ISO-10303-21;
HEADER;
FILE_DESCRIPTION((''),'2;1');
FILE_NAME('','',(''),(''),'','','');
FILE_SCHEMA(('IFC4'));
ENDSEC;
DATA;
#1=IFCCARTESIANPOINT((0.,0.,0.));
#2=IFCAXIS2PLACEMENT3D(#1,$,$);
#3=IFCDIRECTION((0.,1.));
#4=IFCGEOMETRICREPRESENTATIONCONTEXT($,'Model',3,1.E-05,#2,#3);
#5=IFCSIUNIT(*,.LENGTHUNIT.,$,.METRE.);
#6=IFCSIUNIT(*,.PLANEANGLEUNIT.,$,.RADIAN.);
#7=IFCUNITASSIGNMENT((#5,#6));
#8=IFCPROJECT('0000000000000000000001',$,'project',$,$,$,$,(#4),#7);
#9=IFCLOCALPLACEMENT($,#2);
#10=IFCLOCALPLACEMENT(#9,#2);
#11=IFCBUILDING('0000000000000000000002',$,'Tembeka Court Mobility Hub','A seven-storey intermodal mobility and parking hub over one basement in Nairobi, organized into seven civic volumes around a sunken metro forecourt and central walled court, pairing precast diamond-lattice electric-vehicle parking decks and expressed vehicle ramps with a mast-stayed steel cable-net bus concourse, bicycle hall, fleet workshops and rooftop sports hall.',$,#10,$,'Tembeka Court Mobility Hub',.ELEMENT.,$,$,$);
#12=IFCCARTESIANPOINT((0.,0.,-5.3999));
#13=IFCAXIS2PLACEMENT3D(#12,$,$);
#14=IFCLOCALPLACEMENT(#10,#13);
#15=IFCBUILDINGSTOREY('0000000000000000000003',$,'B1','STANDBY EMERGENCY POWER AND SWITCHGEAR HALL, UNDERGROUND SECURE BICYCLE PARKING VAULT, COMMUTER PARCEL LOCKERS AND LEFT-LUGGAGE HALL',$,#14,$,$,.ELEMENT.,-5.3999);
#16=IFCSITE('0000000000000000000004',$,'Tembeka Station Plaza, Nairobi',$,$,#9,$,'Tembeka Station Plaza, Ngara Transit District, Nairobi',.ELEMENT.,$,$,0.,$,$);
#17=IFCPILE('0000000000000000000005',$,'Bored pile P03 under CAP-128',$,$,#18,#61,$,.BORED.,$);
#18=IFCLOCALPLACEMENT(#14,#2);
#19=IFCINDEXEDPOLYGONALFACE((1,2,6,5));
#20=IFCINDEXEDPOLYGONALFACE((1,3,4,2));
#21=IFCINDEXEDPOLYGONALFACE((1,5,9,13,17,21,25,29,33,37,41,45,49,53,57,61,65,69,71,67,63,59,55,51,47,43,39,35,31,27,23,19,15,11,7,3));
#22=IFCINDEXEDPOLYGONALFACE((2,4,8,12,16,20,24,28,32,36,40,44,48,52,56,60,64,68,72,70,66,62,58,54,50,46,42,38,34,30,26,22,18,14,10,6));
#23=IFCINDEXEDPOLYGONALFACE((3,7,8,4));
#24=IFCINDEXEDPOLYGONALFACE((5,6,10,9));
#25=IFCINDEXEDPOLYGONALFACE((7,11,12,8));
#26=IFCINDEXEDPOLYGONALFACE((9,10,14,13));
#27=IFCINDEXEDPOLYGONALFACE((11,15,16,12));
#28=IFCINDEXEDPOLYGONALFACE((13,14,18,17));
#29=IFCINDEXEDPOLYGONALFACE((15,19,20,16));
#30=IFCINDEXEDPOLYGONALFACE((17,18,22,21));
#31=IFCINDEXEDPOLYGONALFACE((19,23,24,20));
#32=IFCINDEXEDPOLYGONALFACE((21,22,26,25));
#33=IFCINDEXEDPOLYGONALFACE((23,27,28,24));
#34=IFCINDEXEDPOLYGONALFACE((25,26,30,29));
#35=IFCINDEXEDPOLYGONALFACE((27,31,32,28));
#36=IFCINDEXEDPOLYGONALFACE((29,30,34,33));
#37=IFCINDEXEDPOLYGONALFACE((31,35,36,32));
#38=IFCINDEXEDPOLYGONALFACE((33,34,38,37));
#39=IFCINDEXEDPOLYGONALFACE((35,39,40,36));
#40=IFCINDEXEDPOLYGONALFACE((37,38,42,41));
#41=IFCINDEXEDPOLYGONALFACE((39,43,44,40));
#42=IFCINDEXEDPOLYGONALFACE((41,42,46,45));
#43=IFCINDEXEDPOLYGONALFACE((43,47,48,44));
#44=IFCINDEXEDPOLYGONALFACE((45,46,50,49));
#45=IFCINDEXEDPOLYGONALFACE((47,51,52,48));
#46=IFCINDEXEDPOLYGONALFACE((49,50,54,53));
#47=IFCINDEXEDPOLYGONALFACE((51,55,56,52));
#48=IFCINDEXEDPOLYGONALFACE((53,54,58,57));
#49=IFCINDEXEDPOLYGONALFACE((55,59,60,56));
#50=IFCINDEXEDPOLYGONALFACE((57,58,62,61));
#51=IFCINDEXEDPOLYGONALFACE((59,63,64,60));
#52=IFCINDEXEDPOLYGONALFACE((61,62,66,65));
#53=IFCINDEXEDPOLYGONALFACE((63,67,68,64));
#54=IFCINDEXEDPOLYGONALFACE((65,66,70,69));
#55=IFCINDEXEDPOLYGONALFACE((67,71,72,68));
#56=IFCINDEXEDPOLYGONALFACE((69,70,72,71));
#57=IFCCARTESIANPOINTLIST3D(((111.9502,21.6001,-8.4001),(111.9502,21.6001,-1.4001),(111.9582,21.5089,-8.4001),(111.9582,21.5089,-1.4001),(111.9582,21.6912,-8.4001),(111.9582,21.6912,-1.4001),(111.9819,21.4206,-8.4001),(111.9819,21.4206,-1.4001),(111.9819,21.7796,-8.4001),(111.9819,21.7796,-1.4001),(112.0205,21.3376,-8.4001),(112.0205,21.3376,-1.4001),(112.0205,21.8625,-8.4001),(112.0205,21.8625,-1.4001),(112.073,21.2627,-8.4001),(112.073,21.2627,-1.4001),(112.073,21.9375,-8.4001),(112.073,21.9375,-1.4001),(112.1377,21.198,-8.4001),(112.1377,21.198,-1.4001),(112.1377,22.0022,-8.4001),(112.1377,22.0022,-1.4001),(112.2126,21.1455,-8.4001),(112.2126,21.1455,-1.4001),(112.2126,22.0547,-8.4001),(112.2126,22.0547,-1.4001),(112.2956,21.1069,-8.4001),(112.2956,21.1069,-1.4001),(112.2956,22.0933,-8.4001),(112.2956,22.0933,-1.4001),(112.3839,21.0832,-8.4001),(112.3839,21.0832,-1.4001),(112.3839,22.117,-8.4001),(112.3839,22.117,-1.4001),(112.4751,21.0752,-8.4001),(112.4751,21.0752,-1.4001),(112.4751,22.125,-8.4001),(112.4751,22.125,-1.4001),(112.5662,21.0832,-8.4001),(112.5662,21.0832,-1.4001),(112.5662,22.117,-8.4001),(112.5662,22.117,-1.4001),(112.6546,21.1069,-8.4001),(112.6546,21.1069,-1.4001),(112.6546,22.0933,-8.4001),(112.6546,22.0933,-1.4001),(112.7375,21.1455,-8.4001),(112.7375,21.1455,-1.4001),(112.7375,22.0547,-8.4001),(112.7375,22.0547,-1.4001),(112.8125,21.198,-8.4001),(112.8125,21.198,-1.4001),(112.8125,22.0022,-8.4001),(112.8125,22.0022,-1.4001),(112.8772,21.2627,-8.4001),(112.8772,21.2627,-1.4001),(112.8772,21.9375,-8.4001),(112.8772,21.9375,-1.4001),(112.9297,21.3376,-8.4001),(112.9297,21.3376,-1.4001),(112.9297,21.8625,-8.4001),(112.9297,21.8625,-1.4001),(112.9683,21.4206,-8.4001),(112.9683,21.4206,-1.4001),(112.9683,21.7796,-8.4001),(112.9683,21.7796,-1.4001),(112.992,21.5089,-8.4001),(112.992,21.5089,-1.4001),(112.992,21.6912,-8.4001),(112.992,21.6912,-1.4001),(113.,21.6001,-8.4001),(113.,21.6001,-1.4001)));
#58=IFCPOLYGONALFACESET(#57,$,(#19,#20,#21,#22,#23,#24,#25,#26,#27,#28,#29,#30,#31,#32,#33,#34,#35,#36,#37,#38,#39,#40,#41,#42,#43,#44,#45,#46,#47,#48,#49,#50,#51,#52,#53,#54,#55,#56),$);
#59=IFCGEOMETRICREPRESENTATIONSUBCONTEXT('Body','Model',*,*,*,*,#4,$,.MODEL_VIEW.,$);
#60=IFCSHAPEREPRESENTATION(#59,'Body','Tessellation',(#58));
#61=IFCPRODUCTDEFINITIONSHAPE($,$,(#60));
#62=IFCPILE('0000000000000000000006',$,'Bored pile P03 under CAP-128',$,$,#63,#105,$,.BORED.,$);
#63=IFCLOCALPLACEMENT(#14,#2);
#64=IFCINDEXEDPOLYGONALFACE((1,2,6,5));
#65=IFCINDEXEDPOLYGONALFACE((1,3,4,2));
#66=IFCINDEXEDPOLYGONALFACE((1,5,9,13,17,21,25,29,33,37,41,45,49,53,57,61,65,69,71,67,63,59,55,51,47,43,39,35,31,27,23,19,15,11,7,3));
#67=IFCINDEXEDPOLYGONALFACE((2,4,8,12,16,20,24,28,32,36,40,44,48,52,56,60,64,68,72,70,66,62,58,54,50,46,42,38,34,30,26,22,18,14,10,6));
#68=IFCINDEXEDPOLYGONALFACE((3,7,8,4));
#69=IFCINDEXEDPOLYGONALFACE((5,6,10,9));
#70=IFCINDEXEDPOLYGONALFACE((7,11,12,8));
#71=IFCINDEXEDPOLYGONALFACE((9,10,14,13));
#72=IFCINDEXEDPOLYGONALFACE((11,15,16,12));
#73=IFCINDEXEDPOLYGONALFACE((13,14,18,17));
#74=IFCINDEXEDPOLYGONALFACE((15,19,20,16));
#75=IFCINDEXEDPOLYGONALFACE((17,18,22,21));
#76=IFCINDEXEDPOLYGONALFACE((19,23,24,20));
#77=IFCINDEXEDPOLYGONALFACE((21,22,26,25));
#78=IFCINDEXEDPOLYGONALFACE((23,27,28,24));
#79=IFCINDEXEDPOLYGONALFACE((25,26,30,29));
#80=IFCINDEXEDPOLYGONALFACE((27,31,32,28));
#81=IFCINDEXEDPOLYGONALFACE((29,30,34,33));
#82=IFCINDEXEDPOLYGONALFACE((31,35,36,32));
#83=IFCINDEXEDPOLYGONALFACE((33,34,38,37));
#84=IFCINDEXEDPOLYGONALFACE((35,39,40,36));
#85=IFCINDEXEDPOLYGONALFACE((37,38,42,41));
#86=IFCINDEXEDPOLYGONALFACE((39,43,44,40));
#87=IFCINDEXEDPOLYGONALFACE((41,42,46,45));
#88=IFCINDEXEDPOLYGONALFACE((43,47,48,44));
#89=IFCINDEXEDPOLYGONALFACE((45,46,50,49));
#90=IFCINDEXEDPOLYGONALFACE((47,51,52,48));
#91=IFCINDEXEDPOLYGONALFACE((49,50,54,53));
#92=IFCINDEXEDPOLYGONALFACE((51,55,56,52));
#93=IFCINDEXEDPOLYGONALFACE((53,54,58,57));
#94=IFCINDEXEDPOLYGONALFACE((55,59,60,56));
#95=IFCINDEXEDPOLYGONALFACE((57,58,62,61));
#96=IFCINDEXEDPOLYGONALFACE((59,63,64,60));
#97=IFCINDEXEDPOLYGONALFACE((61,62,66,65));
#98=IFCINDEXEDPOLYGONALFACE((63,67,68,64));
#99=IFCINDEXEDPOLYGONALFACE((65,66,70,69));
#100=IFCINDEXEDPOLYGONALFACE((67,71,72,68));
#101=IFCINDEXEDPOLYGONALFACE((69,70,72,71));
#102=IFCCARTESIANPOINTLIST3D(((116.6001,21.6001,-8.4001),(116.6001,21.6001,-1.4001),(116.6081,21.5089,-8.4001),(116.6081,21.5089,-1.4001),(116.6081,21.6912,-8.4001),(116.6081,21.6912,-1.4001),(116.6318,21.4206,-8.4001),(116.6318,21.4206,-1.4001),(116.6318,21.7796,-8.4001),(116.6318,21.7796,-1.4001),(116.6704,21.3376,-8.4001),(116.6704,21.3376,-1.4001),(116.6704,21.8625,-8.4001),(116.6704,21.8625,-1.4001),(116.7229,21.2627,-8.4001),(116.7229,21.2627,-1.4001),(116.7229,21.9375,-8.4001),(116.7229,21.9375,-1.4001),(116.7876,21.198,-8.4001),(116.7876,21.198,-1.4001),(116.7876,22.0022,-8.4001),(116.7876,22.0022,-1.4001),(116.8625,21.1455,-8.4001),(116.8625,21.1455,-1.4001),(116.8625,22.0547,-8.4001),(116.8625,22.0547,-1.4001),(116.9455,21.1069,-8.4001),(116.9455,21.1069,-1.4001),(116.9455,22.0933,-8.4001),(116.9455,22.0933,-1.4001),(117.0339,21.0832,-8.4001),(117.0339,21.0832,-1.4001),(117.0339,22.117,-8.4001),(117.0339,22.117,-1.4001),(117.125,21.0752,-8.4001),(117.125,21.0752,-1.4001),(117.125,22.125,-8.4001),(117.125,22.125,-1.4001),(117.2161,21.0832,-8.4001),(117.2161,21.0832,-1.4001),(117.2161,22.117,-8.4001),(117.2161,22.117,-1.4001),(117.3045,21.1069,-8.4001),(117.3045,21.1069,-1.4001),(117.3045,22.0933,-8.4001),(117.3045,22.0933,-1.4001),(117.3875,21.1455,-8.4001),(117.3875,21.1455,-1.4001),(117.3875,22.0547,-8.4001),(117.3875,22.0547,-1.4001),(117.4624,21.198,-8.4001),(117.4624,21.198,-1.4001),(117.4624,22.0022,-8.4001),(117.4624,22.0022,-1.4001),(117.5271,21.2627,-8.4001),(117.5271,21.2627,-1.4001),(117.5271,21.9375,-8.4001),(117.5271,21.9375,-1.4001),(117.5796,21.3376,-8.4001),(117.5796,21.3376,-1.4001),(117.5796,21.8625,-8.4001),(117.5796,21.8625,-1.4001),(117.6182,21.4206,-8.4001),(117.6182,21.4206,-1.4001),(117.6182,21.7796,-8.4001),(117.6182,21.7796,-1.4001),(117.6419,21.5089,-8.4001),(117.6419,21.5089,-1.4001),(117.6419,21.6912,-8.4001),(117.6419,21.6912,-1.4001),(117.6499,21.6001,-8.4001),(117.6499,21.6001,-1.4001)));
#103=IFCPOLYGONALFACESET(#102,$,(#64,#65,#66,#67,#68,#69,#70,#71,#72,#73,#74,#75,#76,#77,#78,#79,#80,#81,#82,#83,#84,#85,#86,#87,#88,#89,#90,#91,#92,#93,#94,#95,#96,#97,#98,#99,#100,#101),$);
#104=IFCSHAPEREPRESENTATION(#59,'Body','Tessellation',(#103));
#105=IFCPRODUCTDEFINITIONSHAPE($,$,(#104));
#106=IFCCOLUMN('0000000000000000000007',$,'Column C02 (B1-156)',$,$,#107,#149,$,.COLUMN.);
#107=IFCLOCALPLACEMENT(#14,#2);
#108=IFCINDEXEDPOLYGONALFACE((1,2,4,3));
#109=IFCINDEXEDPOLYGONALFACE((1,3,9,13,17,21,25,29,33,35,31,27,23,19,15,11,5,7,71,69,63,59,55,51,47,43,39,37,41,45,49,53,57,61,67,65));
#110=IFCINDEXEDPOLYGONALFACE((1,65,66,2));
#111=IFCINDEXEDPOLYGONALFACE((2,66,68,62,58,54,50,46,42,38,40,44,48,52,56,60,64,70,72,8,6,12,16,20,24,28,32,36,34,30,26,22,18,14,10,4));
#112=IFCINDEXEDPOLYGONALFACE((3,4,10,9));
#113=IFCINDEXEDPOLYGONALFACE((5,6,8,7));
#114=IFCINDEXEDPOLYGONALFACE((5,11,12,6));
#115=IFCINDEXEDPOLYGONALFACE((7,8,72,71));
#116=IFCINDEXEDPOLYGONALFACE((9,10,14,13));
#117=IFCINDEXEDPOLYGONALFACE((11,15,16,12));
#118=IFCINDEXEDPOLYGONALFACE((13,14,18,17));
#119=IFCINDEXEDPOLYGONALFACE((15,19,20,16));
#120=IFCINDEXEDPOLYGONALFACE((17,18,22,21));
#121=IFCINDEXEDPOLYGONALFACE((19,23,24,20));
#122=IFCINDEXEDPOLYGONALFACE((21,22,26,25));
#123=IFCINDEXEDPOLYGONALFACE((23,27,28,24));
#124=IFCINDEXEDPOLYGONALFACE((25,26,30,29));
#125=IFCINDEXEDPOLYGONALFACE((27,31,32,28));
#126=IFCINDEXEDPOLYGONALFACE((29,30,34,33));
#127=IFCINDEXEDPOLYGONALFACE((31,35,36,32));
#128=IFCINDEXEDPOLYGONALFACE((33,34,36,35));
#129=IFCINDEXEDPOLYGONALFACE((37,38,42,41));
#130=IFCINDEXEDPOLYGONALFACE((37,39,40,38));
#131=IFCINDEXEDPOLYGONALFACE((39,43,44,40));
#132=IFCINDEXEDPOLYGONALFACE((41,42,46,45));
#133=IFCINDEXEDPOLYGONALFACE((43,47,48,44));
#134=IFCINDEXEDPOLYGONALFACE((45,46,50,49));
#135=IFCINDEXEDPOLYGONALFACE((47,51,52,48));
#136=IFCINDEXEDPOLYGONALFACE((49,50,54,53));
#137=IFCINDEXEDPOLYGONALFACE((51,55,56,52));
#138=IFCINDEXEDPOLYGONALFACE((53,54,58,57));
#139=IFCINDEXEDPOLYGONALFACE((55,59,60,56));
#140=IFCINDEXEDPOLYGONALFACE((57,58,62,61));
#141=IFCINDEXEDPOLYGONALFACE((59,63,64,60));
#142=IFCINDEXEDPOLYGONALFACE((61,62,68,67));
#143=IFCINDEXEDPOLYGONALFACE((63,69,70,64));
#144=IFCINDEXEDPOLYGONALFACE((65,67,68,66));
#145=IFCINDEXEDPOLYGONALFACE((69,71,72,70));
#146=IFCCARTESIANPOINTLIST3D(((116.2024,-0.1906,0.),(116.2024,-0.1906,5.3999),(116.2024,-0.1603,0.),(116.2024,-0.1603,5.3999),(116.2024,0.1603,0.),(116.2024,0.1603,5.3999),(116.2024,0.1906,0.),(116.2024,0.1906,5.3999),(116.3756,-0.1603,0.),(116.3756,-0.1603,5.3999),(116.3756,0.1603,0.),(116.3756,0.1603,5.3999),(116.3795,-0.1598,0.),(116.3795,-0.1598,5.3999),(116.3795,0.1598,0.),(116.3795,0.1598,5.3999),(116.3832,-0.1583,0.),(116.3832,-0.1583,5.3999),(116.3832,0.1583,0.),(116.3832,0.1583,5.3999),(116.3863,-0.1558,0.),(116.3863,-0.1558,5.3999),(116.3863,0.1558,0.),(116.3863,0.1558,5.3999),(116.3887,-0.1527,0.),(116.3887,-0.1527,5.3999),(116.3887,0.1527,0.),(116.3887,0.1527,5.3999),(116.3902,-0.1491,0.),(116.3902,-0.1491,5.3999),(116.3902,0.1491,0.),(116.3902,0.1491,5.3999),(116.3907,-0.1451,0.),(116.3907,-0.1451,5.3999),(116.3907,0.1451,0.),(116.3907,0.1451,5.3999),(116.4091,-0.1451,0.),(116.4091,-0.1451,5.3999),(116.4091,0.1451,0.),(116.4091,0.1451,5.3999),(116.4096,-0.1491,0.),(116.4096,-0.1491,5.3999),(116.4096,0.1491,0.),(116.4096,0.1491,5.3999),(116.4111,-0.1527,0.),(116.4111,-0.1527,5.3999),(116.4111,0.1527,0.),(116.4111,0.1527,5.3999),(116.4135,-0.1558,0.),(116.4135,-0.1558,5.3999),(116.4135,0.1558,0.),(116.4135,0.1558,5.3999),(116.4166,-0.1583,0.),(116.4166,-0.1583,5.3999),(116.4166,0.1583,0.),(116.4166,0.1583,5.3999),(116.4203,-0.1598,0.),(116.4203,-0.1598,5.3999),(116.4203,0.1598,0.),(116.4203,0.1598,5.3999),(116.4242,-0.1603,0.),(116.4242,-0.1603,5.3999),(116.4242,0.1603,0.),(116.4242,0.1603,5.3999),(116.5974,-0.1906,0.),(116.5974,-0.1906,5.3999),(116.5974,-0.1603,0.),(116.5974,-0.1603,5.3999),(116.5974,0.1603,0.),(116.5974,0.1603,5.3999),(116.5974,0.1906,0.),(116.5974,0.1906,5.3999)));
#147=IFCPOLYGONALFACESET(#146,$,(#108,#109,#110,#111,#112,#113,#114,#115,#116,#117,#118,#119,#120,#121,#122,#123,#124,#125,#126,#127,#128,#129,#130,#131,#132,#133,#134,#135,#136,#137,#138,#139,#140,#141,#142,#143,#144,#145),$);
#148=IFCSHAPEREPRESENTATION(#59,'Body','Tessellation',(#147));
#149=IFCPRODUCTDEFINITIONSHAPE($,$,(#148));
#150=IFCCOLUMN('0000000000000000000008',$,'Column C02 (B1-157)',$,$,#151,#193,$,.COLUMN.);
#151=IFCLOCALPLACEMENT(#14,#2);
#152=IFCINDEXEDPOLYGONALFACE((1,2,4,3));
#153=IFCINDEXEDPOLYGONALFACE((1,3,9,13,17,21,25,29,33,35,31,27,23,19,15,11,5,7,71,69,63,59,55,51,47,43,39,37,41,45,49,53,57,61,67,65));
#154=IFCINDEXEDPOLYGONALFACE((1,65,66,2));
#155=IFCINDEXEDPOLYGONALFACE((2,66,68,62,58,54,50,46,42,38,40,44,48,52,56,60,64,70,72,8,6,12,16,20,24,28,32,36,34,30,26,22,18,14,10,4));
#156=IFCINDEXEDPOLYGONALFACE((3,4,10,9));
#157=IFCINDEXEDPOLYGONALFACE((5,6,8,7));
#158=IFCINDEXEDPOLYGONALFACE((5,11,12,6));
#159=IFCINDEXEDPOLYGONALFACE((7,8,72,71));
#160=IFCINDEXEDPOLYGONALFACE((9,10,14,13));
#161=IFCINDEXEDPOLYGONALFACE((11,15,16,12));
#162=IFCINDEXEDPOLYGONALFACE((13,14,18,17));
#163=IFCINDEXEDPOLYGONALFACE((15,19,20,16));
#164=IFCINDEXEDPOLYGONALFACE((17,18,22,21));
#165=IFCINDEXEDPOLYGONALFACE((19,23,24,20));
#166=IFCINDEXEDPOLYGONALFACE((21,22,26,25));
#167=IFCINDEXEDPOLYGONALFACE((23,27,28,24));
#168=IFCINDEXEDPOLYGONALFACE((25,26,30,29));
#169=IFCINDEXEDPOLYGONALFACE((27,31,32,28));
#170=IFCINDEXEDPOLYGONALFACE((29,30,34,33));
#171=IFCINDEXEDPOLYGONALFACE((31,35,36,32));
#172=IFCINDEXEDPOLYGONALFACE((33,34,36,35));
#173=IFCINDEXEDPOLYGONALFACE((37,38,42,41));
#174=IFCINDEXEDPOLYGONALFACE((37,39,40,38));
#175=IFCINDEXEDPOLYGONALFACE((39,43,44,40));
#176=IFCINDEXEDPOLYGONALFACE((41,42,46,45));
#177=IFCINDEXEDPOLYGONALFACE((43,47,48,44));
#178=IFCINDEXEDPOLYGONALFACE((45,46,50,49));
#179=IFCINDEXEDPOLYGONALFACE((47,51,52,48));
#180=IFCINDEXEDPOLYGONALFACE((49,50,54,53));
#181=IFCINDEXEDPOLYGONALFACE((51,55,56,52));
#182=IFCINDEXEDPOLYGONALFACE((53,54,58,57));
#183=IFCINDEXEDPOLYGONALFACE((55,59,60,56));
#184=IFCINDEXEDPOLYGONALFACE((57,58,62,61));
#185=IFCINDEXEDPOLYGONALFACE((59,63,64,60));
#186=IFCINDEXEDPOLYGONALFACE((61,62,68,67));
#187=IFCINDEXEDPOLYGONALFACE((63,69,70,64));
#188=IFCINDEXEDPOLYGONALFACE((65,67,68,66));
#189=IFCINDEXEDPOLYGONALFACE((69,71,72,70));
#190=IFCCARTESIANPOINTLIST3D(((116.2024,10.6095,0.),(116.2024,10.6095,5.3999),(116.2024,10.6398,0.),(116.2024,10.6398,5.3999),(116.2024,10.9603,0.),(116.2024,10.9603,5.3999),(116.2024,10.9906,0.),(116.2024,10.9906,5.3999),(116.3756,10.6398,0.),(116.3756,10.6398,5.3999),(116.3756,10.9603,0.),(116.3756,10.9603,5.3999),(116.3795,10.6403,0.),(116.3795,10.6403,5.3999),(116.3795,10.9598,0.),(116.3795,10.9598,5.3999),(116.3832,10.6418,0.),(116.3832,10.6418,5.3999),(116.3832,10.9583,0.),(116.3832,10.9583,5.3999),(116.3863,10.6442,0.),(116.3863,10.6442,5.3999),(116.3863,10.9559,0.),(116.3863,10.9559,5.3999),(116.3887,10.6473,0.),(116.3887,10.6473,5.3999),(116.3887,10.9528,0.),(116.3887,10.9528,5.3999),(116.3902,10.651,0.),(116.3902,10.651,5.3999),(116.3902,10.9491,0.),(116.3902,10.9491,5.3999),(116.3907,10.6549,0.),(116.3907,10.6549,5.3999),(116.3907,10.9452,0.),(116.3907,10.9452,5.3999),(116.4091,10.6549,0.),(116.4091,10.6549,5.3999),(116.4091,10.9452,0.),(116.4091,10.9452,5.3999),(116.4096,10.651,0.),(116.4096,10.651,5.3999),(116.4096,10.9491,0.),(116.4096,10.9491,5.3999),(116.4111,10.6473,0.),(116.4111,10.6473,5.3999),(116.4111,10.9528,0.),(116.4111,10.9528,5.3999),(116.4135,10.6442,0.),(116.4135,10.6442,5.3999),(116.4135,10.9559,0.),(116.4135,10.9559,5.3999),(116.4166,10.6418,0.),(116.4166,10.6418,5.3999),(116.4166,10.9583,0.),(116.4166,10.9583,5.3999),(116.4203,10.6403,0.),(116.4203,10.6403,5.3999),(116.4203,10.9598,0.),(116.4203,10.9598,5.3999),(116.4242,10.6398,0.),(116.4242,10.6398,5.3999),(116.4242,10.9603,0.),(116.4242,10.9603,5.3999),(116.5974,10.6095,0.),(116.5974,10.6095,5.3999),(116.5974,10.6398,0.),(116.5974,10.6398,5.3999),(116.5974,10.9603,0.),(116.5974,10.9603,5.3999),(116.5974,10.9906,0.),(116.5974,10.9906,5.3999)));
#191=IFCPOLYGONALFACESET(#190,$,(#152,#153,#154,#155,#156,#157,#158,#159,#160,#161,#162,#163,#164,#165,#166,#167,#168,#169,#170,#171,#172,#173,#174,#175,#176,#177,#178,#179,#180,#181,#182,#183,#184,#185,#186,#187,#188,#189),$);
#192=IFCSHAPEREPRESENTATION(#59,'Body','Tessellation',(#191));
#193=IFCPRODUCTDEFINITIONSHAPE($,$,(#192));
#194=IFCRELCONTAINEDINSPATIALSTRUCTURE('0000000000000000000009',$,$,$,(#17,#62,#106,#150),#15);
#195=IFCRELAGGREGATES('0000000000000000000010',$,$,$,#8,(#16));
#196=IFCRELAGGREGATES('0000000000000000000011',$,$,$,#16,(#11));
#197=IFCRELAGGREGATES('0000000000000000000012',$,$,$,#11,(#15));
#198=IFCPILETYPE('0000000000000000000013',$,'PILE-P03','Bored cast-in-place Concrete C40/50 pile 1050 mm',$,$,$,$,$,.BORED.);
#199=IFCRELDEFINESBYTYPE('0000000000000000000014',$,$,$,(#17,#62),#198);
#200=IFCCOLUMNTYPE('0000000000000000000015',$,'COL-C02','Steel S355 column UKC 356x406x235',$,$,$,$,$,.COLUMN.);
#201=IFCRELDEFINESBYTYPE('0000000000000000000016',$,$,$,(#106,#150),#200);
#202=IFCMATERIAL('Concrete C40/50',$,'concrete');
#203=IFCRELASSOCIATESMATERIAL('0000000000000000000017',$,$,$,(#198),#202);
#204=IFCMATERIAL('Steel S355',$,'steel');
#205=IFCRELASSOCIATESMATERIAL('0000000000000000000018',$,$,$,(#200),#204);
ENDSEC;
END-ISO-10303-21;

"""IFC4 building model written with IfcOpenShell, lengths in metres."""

from ifc_helpers import new_model, si_unit, direction, frame, origin, origin_2d, place, context, subcontext, project, spatial, circle, i_section, extrude, material, material_profile, profile_set, type_object, element, save


model = new_model("IFC4")

# Units and contexts
model_context = context("Model", 3, precision=1e-05, world=origin(), true_north=direction((0.0, 1.0)))
body_context = subcontext(model_context, "Body", "Model", "MODEL_VIEW")
ifc_project = project(units=[si_unit("LENGTHUNIT", "METRE"), si_unit("PLANEANGLEUNIT", "RADIAN")], contexts=[model_context])

# Site, building, storey
site_placement = place(None, origin())
site = spatial("IfcSite", under=ifc_project, at=site_placement, Name="Tembeka Station Plaza, Nairobi", LongName="Tembeka Station Plaza, Ngara Transit District, Nairobi", CompositionType="ELEMENT", RefElevation=0.0)
building_placement = place(site_placement, origin())
building = spatial("IfcBuilding", under=site, at=building_placement, Name="Tembeka Court Mobility Hub", Description="A seven-storey intermodal mobility and parking hub over one basement in Nairobi, organized into seven civic volumes around a sunken metro forecourt and central walled court, pairing precast diamond-lattice electric-vehicle parking decks and expressed vehicle ramps with a mast-stayed steel cable-net bus concourse, bicycle hall, fleet workshops and rooftop sports hall.", LongName="Tembeka Court Mobility Hub", CompositionType="ELEMENT")
storey_placement = place(building_placement, frame((0.0, 0.0, -5.3999)))
storey = spatial("IfcBuildingStorey", under=building, at=storey_placement, Name="B1", Description="STANDBY EMERGENCY POWER AND SWITCHGEAR HALL, UNDERGROUND SECURE BICYCLE PARKING VAULT, COMMUTER PARCEL LOCKERS AND LEFT-LUGGAGE HALL", CompositionType="ELEMENT", Elevation=-5.3999)

# Shared definitions
ifc_material_1 = material(Name="Concrete C40/50", Category="concrete")

# Piles
ifc_material_profile_1 = material_profile(ifc_material_1, circle(Radius=0.5249, at=origin_2d()), Name="PILE D1050")
ifc_profile_set_1 = profile_set([ifc_material_profile_1], Name="Concrete C40/50")
pile_type_1 = type_object("IfcPileType", Name="PILE-P03", Description="Bored cast-in-place Concrete C40/50 pile 1050 mm", PredefinedType="BORED", material=ifc_profile_set_1)
for number, where, z_axis, x_axis, name in (
    (1, (112.4751, 21.6001, -1.4001), (0.0, 0.0, -1.0), (1.0, 0.0, 0.0), "Bored pile P03 under CAP-128"),
    (2, (117.125, 21.6001, -1.4001), (0.0, 0.0, -1.0), (1.0, 0.0, 0.0), "Bored pile P03 under CAP-128"),
):
    element("IfcPile", number, at=place(storey_placement, frame(where, z_axis=z_axis, x_axis=x_axis)), inside=storey, type_object=pile_type_1, Name=name, PredefinedType="BORED", context=body_context, shape_type="SweptSolid", body=[
        extrude(circle(Radius=0.5249, at=origin_2d()), origin(), (0.0, 0.0, 1.0), 7.0),
    ])

# Columns
ifc_material_2 = material(Name="Steel S355", Category="steel")
ifc_material_profile_2 = material_profile(ifc_material_2, i_section(OverallWidth=0.395, OverallDepth=0.3811, WebThickness=0.0183, FlangeThickness=0.0303, FilletRadius=0.0151, at=origin_2d()), Name="UKC 356x406x235")
ifc_profile_set_2 = profile_set([ifc_material_profile_2], Name="Steel S355")
column_type_1 = type_object("IfcColumnType", Name="COL-C02", Description="Steel S355 column UKC 356x406x235", PredefinedType="COLUMN", material=ifc_profile_set_2)
for number, where, z_axis, x_axis, name in (
    (3, (116.3999, 0.0, 0.0), (0.0, 0.0, 1.0), (1.0, 0.0, 0.0), "Column C02 (B1-156)"),
    (4, (116.3999, 10.8, 0.0), (0.0, 0.0, 1.0), (1.0, 0.0, 0.0), "Column C02 (B1-157)"),
):
    element("IfcColumn", number, at=place(storey_placement, frame(where, z_axis=z_axis, x_axis=x_axis)), inside=storey, type_object=column_type_1, Name=name, PredefinedType="COLUMN", context=body_context, shape_type="SweptSolid", body=[
        extrude(i_section(OverallWidth=0.395, OverallDepth=0.3811, WebThickness=0.0183, FlangeThickness=0.0303, FilletRadius=0.0151, at=origin_2d()), origin(), (0.0, 0.0, 1.0), 5.3999),
    ])

save(model, "model.ifc")
